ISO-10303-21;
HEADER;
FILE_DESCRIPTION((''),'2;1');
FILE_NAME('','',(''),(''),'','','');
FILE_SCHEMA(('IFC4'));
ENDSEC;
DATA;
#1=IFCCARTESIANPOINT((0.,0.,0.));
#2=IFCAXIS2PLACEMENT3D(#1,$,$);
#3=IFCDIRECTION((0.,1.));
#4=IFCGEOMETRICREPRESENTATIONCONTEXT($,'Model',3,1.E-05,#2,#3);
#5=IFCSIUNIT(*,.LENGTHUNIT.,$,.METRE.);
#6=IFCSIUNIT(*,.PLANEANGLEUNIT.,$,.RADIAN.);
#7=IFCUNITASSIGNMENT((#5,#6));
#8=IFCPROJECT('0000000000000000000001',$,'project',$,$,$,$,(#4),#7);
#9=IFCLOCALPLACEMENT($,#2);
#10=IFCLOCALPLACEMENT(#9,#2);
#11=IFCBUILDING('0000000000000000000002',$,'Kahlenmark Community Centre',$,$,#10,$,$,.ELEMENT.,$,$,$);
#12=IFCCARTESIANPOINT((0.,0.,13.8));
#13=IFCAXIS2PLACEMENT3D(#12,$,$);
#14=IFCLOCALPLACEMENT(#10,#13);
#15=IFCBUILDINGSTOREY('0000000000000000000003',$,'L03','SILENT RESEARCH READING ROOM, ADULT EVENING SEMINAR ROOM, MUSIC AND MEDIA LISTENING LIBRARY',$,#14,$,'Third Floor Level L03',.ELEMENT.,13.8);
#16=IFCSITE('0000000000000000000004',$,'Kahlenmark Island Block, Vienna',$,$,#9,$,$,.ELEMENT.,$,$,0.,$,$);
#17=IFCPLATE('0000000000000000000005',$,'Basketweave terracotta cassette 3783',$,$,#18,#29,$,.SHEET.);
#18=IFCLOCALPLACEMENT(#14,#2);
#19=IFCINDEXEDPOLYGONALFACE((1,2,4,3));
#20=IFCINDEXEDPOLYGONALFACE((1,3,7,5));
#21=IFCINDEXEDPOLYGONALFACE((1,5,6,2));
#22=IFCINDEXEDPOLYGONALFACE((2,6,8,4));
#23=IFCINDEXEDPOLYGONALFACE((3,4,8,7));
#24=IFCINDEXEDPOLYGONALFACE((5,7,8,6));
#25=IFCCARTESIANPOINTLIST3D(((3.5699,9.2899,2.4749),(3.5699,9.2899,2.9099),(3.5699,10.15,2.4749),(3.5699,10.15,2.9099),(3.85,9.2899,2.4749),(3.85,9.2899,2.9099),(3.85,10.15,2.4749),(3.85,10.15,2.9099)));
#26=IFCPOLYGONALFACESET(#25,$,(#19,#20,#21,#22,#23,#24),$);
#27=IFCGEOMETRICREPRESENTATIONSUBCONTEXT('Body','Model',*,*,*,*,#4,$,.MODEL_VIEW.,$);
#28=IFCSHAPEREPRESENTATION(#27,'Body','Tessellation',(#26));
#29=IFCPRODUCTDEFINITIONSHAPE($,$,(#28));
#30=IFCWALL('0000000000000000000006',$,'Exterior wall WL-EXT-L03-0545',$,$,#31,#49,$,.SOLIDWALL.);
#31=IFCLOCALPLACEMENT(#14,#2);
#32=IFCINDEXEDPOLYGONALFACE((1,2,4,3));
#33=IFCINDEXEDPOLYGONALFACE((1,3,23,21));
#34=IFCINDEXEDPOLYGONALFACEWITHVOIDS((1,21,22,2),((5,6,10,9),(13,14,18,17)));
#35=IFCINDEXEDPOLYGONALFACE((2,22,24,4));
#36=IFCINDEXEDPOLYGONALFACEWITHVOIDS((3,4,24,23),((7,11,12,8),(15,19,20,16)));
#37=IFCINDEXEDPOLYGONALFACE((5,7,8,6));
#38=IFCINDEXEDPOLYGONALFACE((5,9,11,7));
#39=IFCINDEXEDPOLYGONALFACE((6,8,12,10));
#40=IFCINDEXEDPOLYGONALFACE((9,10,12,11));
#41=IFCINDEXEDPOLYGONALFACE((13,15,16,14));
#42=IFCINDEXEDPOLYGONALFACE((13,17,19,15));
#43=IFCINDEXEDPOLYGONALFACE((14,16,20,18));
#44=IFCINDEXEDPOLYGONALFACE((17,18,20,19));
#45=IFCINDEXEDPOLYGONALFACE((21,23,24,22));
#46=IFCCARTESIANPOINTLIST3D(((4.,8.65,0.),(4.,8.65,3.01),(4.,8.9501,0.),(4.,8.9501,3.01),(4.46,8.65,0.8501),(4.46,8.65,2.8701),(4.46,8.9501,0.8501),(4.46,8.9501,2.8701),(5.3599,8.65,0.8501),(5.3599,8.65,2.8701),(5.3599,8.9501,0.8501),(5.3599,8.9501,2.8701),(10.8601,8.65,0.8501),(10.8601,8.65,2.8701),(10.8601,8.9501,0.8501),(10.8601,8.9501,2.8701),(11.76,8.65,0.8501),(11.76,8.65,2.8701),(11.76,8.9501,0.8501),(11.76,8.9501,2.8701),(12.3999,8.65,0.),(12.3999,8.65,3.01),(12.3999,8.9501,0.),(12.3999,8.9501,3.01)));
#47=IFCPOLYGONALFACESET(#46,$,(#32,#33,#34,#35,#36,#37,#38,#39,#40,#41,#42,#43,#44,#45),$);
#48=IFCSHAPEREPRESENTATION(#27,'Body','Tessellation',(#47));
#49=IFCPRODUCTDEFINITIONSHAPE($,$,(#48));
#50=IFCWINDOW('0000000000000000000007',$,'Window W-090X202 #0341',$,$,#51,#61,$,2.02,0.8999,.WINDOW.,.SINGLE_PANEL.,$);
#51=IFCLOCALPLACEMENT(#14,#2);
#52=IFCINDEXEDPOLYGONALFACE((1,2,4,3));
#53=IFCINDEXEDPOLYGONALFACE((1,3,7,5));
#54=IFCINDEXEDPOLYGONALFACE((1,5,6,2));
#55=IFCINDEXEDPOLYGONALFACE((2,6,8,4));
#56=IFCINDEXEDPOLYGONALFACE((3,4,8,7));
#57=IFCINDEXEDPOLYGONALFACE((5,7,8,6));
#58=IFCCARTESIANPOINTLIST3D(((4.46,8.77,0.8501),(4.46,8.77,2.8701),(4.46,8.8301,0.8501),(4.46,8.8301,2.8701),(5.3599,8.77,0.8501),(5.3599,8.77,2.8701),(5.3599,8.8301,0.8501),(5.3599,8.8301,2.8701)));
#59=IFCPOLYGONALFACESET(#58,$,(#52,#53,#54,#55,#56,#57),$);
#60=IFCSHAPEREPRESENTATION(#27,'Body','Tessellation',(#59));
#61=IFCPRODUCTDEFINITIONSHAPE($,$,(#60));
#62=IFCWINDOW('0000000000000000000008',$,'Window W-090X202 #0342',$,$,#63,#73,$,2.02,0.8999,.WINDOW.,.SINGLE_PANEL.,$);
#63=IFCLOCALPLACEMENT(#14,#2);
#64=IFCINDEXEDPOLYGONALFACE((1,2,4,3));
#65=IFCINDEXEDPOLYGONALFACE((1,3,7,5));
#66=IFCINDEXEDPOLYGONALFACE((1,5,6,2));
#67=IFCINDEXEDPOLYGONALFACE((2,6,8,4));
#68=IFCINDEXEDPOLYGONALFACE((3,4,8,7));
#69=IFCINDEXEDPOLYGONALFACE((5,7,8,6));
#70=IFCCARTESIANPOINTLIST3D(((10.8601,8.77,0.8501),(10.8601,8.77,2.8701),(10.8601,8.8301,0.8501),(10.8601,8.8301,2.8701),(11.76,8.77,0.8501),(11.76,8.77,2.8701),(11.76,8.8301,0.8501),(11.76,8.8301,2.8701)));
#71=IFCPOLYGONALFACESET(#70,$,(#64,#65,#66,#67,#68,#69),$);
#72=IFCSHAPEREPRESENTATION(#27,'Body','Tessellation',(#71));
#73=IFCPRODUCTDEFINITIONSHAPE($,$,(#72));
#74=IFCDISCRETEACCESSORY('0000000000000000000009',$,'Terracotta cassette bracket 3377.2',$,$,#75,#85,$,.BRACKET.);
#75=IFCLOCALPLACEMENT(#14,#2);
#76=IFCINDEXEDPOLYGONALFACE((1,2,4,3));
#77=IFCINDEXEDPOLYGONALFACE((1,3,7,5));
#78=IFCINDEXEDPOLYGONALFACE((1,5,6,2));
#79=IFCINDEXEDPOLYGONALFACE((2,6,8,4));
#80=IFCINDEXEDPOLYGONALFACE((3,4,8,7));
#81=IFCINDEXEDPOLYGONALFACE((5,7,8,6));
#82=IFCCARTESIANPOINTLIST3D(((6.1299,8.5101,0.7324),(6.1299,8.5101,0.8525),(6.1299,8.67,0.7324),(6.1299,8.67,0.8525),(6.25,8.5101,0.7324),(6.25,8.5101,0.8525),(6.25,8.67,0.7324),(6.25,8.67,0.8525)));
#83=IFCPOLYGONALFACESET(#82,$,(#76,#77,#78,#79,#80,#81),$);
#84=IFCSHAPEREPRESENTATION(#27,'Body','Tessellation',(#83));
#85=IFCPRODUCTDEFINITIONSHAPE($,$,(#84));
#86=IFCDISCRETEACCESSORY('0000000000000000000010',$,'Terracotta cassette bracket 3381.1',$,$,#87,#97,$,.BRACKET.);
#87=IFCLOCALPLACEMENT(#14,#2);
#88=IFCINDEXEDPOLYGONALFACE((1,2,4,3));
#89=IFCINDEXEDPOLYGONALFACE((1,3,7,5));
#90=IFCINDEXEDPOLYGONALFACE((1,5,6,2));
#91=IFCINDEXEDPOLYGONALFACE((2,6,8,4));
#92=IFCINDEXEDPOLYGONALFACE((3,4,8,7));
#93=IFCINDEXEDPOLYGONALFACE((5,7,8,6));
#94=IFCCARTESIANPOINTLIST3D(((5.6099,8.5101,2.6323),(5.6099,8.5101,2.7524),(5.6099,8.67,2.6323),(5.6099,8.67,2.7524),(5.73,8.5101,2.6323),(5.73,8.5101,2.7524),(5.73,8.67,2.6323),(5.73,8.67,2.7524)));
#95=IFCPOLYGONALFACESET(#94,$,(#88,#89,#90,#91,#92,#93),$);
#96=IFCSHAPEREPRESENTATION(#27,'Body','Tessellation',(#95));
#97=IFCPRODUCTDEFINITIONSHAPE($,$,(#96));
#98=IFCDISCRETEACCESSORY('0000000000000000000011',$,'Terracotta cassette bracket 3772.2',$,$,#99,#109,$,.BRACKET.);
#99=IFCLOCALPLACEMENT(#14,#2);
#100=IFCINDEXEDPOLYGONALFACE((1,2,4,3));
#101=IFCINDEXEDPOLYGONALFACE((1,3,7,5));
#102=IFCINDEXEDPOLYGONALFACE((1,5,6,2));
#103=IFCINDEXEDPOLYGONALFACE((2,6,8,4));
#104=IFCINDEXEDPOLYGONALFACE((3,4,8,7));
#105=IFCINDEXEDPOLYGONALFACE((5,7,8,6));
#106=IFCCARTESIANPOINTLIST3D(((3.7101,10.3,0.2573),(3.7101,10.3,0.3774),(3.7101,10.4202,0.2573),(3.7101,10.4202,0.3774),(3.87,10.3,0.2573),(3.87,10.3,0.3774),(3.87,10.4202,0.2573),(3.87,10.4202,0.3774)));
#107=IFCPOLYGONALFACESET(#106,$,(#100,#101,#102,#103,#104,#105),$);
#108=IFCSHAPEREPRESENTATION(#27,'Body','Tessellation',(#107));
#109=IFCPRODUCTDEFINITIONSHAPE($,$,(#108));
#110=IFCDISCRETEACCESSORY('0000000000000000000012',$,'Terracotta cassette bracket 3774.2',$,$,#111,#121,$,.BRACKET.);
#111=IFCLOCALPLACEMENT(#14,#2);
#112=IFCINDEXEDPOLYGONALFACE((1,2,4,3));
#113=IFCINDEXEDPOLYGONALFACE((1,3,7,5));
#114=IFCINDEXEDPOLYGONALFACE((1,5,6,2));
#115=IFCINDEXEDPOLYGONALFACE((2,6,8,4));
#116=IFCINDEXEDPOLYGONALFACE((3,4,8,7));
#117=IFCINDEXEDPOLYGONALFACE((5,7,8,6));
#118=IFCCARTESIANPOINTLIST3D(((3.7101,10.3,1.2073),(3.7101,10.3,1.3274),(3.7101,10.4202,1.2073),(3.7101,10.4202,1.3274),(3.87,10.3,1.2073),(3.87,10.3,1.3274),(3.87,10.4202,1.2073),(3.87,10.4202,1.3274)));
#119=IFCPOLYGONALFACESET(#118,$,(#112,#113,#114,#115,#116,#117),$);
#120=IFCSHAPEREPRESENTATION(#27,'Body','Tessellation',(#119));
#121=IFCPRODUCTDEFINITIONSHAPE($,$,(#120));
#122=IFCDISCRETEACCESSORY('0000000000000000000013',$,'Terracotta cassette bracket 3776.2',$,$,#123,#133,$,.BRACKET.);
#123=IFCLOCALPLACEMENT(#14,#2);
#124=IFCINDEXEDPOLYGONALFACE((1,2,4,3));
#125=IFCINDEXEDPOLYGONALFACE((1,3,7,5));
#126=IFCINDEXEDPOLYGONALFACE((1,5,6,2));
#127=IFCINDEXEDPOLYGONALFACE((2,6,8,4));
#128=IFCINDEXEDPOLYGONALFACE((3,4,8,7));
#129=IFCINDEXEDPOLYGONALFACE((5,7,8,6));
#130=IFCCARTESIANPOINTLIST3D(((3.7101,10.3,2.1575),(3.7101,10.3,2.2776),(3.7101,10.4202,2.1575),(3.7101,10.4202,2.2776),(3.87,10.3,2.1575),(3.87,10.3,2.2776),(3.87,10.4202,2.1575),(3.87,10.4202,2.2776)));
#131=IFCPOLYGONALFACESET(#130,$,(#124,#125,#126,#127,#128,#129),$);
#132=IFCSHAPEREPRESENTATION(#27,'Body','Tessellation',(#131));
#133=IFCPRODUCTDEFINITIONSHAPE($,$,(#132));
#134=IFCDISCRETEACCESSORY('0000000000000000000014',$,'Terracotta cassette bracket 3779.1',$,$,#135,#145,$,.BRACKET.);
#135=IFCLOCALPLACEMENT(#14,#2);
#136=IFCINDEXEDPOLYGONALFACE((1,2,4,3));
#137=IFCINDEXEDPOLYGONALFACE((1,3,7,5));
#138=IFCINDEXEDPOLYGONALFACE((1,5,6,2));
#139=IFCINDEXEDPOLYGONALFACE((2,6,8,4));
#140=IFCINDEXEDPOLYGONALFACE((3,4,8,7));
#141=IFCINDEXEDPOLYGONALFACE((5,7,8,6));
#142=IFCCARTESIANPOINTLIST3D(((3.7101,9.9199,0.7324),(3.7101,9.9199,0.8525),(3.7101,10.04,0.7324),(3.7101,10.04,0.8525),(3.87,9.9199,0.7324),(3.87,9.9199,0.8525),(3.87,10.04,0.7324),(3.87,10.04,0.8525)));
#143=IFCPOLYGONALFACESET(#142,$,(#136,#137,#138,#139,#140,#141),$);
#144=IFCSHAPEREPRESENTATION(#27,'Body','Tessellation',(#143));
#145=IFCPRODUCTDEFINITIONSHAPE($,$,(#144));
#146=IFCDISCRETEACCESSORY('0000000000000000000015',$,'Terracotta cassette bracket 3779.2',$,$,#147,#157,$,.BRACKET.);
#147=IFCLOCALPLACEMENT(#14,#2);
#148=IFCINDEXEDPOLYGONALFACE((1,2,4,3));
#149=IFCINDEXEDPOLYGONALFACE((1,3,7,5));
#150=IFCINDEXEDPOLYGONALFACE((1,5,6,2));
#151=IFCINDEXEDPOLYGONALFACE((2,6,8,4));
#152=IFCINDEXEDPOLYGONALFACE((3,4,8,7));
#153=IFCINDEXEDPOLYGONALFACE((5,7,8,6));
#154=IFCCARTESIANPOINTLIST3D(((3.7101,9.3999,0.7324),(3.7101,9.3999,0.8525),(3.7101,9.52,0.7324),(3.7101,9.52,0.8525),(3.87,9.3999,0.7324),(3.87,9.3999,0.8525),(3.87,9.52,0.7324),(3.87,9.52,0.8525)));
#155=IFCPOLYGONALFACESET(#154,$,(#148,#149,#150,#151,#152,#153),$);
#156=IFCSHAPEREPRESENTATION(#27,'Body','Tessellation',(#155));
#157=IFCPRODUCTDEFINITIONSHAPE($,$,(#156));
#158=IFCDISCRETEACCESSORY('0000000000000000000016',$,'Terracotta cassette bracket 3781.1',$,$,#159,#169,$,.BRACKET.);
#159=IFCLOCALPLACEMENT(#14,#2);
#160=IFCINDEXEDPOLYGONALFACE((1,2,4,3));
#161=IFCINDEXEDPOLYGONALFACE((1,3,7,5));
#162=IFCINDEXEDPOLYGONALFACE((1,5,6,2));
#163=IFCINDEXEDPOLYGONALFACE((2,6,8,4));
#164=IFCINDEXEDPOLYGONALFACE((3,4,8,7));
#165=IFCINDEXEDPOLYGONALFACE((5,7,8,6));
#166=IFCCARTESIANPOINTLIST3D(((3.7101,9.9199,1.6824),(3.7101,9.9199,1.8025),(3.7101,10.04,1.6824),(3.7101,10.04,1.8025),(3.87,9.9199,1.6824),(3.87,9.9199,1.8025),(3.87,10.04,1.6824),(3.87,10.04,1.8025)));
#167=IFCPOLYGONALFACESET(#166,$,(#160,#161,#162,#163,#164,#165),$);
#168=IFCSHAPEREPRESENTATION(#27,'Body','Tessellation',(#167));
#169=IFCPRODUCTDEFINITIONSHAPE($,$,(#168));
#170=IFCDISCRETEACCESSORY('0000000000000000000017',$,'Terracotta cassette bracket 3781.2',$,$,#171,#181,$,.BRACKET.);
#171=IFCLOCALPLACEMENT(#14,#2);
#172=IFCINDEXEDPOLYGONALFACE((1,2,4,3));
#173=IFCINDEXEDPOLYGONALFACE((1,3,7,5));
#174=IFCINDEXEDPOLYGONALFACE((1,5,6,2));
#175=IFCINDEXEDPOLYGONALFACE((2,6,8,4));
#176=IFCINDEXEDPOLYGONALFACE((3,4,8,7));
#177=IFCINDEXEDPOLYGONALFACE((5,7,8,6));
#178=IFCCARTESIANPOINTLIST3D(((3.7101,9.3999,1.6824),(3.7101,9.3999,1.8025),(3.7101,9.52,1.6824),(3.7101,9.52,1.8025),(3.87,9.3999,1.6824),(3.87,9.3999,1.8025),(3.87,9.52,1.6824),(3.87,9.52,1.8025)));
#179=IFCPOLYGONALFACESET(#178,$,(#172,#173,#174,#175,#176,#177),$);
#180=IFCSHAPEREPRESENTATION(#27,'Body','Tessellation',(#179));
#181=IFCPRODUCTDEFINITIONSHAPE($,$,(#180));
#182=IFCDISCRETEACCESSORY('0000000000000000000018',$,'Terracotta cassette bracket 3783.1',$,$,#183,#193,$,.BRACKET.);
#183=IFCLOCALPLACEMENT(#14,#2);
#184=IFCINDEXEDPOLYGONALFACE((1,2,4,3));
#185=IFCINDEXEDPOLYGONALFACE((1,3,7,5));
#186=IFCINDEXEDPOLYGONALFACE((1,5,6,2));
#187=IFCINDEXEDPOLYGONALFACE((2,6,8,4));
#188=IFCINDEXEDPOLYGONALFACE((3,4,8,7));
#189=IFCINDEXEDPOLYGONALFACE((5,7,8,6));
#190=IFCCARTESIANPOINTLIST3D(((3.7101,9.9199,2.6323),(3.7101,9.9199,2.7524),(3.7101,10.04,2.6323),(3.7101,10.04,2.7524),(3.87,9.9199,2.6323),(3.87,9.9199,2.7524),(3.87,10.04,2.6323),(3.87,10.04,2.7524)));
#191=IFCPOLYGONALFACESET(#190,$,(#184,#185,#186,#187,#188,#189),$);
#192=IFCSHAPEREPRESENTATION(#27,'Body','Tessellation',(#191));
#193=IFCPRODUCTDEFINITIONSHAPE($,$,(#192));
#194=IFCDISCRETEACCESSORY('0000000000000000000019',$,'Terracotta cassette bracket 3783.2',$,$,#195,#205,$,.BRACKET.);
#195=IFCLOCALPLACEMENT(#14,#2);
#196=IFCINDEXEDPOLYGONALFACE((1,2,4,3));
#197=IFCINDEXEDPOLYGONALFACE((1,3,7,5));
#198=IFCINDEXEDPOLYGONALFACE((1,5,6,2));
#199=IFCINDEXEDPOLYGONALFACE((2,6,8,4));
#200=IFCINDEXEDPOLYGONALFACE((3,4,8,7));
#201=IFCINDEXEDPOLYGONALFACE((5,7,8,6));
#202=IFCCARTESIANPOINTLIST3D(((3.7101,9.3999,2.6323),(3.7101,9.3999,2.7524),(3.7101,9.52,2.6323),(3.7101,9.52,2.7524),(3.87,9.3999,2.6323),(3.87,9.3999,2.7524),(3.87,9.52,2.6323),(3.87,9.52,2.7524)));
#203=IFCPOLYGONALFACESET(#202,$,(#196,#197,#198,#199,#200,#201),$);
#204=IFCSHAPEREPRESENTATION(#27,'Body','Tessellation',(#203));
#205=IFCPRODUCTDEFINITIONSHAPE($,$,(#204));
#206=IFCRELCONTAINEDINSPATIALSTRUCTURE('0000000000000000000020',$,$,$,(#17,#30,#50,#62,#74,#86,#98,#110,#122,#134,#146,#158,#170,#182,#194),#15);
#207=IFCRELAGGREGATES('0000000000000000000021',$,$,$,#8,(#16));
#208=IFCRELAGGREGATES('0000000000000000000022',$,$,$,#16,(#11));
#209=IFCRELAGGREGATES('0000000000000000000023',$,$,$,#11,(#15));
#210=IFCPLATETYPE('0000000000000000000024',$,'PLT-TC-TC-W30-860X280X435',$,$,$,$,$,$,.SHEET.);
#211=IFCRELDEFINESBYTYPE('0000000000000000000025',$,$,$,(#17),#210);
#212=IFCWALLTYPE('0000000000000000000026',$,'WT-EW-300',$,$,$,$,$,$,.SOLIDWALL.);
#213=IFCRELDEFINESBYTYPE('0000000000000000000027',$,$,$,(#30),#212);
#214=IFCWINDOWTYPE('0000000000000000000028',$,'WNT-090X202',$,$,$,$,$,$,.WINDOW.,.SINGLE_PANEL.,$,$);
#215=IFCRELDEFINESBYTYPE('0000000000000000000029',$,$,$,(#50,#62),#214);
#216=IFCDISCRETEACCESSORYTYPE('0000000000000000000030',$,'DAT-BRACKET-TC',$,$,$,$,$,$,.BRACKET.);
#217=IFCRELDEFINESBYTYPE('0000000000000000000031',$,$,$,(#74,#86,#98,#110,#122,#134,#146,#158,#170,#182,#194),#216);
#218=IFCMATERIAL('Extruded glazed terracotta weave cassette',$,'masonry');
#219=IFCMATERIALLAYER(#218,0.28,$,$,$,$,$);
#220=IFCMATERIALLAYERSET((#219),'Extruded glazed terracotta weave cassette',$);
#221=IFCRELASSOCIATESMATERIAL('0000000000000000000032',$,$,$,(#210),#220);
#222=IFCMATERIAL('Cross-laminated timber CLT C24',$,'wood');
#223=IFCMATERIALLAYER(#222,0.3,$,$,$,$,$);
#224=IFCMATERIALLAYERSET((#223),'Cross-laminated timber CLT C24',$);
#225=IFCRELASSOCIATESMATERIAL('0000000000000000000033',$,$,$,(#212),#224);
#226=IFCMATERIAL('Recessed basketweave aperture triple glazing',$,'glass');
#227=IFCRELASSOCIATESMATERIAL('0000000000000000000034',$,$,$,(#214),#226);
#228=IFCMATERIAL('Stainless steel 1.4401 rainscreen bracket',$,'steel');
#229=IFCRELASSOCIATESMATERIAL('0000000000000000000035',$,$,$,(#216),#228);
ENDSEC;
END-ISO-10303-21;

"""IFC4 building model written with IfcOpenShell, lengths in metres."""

from ifc_helpers import new_model, si_unit, direction, frame, frame_2d, origin, origin_2d, place, context, subcontext, project, spatial, rectangle, extrude, material, layer, layer_set, type_object, element, fill, save


model = new_model("IFC4")

# Units and contexts
model_context = context("Model", 3, precision=1e-05, world=origin(), true_north=direction((0.0, 1.0)))
body_context = subcontext(model_context, "Body", "Model", "MODEL_VIEW")
ifc_project = project(units=[si_unit("LENGTHUNIT", "METRE"), si_unit("PLANEANGLEUNIT", "RADIAN")], contexts=[model_context])

# Site, building, storey
site_placement = place(None, origin())
site = spatial("IfcSite", under=ifc_project, at=site_placement, Name="Kahlenmark Island Block, Vienna", CompositionType="ELEMENT", RefElevation=0.0)
building_placement = place(site_placement, origin())
building = spatial("IfcBuilding", under=site, at=building_placement, Name="Kahlenmark Community Centre", CompositionType="ELEMENT")
storey_placement = place(building_placement, frame((0.0, 0.0, 13.8)))
storey = spatial("IfcBuildingStorey", under=building, at=storey_placement, Name="L03", Description="SILENT RESEARCH READING ROOM, ADULT EVENING SEMINAR ROOM, MUSIC AND MEDIA LISTENING LIBRARY", LongName="Third Floor Level L03", CompositionType="ELEMENT", Elevation=13.8)

# Plate
ifc_material_1 = material(Name="Extruded glazed terracotta weave cassette", Category="masonry")
ifc_layer_1 = layer(ifc_material_1, 0.28)
ifc_layer_set_1 = layer_set([ifc_layer_1], Name="Extruded glazed terracotta weave cassette")
plate_type_1 = type_object("IfcPlateType", Name="PLT-TC-TC-W30-860X280X435", PredefinedType="SHEET", material=ifc_layer_set_1)
plate_1_placement = place(storey_placement, frame((3.71, 9.72, 2.4749), z_axis=(0.0, 0.0, 1.0), x_axis=(0.0, -1.0, 0.0)))
element("IfcPlate", 1, at=plate_1_placement, inside=storey, type_object=plate_type_1, Name="Basketweave terracotta cassette 3783", PredefinedType="SHEET", context=body_context, shape_type="SweptSolid", body=[
    extrude(rectangle(XDim=0.8601, YDim=0.28, at=origin_2d()), origin(), (0.0, 0.0, 1.0), 0.4351),
])

# Wall, openings, windows
ifc_material_2 = material(Name="Cross-laminated timber CLT C24", Category="wood")
ifc_layer_2 = layer(ifc_material_2, 0.3)
ifc_layer_set_2 = layer_set([ifc_layer_2], Name="Cross-laminated timber CLT C24")
wall_type = type_object("IfcWallType", Name="WT-EW-300", PredefinedType="SOLIDWALL", material=ifc_layer_set_2)
wall_placement = place(storey_placement, frame((4.0, 8.8, 0.0), z_axis=(0.0, 0.0, 1.0), x_axis=(1.0, 0.0, 0.0)))
wall = element("IfcWall", 2, at=wall_placement, inside=storey, type_object=wall_type, Name="Exterior wall WL-EXT-L03-0545", PredefinedType="SOLIDWALL", context=body_context, shape_type="SweptSolid", body=[
    extrude(rectangle(XDim=8.3999, YDim=0.3, at=frame_2d((4.2, 0.0))), origin(), (0.0, 0.0, 1.0), 3.01),
])
opening_1_placement = place(wall_placement, frame((0.46, 0.0, 0.8501)))
opening_1 = element("IfcOpeningElement", 3, at=opening_1_placement, cuts=wall, PredefinedType="OPENING", context=body_context, shape_type="SweptSolid", body=[
    extrude(rectangle(XDim=0.8999, YDim=2.02, at=frame_2d((0.45, 1.01))), frame((0.0, 0.1599, 0.0), z_axis=(0.0, -1.0, 0.0), x_axis=(1.0, 0.0, 0.0)), (0.0, 0.0, 1.0), 0.3201),
])
opening_2_placement = place(wall_placement, frame((6.8601, 0.0, 0.8501)))
opening_2 = element("IfcOpeningElement", 4, at=opening_2_placement, cuts=wall, PredefinedType="OPENING", context=body_context, shape_type="SweptSolid", body=[
    extrude(rectangle(XDim=0.8999, YDim=2.02, at=frame_2d((0.45, 1.01))), frame((0.0, 0.1599, 0.0), z_axis=(0.0, -1.0, 0.0), x_axis=(1.0, 0.0, 0.0)), (0.0, 0.0, 1.0), 0.3201),
])
ifc_material_3 = material(Name="Recessed basketweave aperture triple glazing", Category="glass")
window_type = type_object("IfcWindowType", Name="WNT-090X202", PartitioningType="SINGLE_PANEL", PredefinedType="WINDOW", material=ifc_material_3)
window_1_placement = place(opening_1_placement, origin())
window_1 = element("IfcWindow", 5, at=window_1_placement, inside=storey, type_object=window_type, Name="Window W-090X202 #0341", OverallHeight=2.02, OverallWidth=0.8999, PartitioningType="SINGLE_PANEL", PredefinedType="WINDOW", context=body_context, shape_type="SweptSolid", body=[
    extrude(rectangle(XDim=0.8999, YDim=2.02, at=frame_2d((0.45, 1.01))), frame((0.0, 0.03, 0.0), z_axis=(0.0, -1.0, 0.0), x_axis=(1.0, 0.0, 0.0)), (0.0, 0.0, 1.0), 0.0601),
])
fill(opening_1, window_1)
window_2_placement = place(opening_2_placement, origin())
window_2 = element("IfcWindow", 6, at=window_2_placement, inside=storey, type_object=window_type, Name="Window W-090X202 #0342", OverallHeight=2.02, OverallWidth=0.8999, PartitioningType="SINGLE_PANEL", PredefinedType="WINDOW", context=body_context, shape_type="SweptSolid", body=[
    extrude(rectangle(XDim=0.8999, YDim=2.02, at=frame_2d((0.45, 1.01))), frame((0.0, 0.03, 0.0), z_axis=(0.0, -1.0, 0.0), x_axis=(1.0, 0.0, 0.0)), (0.0, 0.0, 1.0), 0.0601),
])
fill(opening_2, window_2)

# Discrete accessories
ifc_material_4 = material(Name="Stainless steel 1.4401 rainscreen bracket", Category="steel")
discrete_accessory_type = type_object("IfcDiscreteAccessoryType", Name="DAT-BRACKET-TC", PredefinedType="BRACKET", material=ifc_material_4)
for number, where, z_axis, x_axis, name in (
    (7, (6.1899, 8.5901, 0.7324), (0.0, 0.0, 1.0), (1.0, 0.0, 0.0), "Terracotta cassette bracket 3377.2"),
    (8, (5.6699, 8.5901, 2.6323), (0.0, 0.0, 1.0), (1.0, 0.0, 0.0), "Terracotta cassette bracket 3381.1"),
    (9, (3.79, 10.3601, 0.2573), (0.0, 0.0, 1.0), (0.0, -1.0, 0.0), "Terracotta cassette bracket 3772.2"),
    (10, (3.79, 10.3601, 1.2073), (0.0, 0.0, 1.0), (0.0, -1.0, 0.0), "Terracotta cassette bracket 3774.2"),
    (11, (3.79, 10.3601, 2.1575), (0.0, 0.0, 1.0), (0.0, -1.0, 0.0), "Terracotta cassette bracket 3776.2"),
    (12, (3.79, 9.98, 0.7324), (0.0, 0.0, 1.0), (0.0, -1.0, 0.0), "Terracotta cassette bracket 3779.1"),
    (13, (3.79, 9.46, 0.7324), (0.0, 0.0, 1.0), (0.0, -1.0, 0.0), "Terracotta cassette bracket 3779.2"),
    (14, (3.79, 9.98, 1.6824), (0.0, 0.0, 1.0), (0.0, -1.0, 0.0), "Terracotta cassette bracket 3781.1"),
    (15, (3.79, 9.46, 1.6824), (0.0, 0.0, 1.0), (0.0, -1.0, 0.0), "Terracotta cassette bracket 3781.2"),
    (16, (3.79, 9.98, 2.6323), (0.0, 0.0, 1.0), (0.0, -1.0, 0.0), "Terracotta cassette bracket 3783.1"),
    (17, (3.79, 9.46, 2.6323), (0.0, 0.0, 1.0), (0.0, -1.0, 0.0), "Terracotta cassette bracket 3783.2"),
):
    element("IfcDiscreteAccessory", number, at=place(storey_placement, frame(where, z_axis=z_axis, x_axis=x_axis)), inside=storey, type_object=discrete_accessory_type, Name=name, PredefinedType="BRACKET", context=body_context, shape_type="SweptSolid", body=[
        extrude(rectangle(XDim=0.1201, YDim=0.1599, at=origin_2d()), origin(), (0.0, 0.0, 1.0), 0.1201),
    ])

save(model, "model.ifc")
